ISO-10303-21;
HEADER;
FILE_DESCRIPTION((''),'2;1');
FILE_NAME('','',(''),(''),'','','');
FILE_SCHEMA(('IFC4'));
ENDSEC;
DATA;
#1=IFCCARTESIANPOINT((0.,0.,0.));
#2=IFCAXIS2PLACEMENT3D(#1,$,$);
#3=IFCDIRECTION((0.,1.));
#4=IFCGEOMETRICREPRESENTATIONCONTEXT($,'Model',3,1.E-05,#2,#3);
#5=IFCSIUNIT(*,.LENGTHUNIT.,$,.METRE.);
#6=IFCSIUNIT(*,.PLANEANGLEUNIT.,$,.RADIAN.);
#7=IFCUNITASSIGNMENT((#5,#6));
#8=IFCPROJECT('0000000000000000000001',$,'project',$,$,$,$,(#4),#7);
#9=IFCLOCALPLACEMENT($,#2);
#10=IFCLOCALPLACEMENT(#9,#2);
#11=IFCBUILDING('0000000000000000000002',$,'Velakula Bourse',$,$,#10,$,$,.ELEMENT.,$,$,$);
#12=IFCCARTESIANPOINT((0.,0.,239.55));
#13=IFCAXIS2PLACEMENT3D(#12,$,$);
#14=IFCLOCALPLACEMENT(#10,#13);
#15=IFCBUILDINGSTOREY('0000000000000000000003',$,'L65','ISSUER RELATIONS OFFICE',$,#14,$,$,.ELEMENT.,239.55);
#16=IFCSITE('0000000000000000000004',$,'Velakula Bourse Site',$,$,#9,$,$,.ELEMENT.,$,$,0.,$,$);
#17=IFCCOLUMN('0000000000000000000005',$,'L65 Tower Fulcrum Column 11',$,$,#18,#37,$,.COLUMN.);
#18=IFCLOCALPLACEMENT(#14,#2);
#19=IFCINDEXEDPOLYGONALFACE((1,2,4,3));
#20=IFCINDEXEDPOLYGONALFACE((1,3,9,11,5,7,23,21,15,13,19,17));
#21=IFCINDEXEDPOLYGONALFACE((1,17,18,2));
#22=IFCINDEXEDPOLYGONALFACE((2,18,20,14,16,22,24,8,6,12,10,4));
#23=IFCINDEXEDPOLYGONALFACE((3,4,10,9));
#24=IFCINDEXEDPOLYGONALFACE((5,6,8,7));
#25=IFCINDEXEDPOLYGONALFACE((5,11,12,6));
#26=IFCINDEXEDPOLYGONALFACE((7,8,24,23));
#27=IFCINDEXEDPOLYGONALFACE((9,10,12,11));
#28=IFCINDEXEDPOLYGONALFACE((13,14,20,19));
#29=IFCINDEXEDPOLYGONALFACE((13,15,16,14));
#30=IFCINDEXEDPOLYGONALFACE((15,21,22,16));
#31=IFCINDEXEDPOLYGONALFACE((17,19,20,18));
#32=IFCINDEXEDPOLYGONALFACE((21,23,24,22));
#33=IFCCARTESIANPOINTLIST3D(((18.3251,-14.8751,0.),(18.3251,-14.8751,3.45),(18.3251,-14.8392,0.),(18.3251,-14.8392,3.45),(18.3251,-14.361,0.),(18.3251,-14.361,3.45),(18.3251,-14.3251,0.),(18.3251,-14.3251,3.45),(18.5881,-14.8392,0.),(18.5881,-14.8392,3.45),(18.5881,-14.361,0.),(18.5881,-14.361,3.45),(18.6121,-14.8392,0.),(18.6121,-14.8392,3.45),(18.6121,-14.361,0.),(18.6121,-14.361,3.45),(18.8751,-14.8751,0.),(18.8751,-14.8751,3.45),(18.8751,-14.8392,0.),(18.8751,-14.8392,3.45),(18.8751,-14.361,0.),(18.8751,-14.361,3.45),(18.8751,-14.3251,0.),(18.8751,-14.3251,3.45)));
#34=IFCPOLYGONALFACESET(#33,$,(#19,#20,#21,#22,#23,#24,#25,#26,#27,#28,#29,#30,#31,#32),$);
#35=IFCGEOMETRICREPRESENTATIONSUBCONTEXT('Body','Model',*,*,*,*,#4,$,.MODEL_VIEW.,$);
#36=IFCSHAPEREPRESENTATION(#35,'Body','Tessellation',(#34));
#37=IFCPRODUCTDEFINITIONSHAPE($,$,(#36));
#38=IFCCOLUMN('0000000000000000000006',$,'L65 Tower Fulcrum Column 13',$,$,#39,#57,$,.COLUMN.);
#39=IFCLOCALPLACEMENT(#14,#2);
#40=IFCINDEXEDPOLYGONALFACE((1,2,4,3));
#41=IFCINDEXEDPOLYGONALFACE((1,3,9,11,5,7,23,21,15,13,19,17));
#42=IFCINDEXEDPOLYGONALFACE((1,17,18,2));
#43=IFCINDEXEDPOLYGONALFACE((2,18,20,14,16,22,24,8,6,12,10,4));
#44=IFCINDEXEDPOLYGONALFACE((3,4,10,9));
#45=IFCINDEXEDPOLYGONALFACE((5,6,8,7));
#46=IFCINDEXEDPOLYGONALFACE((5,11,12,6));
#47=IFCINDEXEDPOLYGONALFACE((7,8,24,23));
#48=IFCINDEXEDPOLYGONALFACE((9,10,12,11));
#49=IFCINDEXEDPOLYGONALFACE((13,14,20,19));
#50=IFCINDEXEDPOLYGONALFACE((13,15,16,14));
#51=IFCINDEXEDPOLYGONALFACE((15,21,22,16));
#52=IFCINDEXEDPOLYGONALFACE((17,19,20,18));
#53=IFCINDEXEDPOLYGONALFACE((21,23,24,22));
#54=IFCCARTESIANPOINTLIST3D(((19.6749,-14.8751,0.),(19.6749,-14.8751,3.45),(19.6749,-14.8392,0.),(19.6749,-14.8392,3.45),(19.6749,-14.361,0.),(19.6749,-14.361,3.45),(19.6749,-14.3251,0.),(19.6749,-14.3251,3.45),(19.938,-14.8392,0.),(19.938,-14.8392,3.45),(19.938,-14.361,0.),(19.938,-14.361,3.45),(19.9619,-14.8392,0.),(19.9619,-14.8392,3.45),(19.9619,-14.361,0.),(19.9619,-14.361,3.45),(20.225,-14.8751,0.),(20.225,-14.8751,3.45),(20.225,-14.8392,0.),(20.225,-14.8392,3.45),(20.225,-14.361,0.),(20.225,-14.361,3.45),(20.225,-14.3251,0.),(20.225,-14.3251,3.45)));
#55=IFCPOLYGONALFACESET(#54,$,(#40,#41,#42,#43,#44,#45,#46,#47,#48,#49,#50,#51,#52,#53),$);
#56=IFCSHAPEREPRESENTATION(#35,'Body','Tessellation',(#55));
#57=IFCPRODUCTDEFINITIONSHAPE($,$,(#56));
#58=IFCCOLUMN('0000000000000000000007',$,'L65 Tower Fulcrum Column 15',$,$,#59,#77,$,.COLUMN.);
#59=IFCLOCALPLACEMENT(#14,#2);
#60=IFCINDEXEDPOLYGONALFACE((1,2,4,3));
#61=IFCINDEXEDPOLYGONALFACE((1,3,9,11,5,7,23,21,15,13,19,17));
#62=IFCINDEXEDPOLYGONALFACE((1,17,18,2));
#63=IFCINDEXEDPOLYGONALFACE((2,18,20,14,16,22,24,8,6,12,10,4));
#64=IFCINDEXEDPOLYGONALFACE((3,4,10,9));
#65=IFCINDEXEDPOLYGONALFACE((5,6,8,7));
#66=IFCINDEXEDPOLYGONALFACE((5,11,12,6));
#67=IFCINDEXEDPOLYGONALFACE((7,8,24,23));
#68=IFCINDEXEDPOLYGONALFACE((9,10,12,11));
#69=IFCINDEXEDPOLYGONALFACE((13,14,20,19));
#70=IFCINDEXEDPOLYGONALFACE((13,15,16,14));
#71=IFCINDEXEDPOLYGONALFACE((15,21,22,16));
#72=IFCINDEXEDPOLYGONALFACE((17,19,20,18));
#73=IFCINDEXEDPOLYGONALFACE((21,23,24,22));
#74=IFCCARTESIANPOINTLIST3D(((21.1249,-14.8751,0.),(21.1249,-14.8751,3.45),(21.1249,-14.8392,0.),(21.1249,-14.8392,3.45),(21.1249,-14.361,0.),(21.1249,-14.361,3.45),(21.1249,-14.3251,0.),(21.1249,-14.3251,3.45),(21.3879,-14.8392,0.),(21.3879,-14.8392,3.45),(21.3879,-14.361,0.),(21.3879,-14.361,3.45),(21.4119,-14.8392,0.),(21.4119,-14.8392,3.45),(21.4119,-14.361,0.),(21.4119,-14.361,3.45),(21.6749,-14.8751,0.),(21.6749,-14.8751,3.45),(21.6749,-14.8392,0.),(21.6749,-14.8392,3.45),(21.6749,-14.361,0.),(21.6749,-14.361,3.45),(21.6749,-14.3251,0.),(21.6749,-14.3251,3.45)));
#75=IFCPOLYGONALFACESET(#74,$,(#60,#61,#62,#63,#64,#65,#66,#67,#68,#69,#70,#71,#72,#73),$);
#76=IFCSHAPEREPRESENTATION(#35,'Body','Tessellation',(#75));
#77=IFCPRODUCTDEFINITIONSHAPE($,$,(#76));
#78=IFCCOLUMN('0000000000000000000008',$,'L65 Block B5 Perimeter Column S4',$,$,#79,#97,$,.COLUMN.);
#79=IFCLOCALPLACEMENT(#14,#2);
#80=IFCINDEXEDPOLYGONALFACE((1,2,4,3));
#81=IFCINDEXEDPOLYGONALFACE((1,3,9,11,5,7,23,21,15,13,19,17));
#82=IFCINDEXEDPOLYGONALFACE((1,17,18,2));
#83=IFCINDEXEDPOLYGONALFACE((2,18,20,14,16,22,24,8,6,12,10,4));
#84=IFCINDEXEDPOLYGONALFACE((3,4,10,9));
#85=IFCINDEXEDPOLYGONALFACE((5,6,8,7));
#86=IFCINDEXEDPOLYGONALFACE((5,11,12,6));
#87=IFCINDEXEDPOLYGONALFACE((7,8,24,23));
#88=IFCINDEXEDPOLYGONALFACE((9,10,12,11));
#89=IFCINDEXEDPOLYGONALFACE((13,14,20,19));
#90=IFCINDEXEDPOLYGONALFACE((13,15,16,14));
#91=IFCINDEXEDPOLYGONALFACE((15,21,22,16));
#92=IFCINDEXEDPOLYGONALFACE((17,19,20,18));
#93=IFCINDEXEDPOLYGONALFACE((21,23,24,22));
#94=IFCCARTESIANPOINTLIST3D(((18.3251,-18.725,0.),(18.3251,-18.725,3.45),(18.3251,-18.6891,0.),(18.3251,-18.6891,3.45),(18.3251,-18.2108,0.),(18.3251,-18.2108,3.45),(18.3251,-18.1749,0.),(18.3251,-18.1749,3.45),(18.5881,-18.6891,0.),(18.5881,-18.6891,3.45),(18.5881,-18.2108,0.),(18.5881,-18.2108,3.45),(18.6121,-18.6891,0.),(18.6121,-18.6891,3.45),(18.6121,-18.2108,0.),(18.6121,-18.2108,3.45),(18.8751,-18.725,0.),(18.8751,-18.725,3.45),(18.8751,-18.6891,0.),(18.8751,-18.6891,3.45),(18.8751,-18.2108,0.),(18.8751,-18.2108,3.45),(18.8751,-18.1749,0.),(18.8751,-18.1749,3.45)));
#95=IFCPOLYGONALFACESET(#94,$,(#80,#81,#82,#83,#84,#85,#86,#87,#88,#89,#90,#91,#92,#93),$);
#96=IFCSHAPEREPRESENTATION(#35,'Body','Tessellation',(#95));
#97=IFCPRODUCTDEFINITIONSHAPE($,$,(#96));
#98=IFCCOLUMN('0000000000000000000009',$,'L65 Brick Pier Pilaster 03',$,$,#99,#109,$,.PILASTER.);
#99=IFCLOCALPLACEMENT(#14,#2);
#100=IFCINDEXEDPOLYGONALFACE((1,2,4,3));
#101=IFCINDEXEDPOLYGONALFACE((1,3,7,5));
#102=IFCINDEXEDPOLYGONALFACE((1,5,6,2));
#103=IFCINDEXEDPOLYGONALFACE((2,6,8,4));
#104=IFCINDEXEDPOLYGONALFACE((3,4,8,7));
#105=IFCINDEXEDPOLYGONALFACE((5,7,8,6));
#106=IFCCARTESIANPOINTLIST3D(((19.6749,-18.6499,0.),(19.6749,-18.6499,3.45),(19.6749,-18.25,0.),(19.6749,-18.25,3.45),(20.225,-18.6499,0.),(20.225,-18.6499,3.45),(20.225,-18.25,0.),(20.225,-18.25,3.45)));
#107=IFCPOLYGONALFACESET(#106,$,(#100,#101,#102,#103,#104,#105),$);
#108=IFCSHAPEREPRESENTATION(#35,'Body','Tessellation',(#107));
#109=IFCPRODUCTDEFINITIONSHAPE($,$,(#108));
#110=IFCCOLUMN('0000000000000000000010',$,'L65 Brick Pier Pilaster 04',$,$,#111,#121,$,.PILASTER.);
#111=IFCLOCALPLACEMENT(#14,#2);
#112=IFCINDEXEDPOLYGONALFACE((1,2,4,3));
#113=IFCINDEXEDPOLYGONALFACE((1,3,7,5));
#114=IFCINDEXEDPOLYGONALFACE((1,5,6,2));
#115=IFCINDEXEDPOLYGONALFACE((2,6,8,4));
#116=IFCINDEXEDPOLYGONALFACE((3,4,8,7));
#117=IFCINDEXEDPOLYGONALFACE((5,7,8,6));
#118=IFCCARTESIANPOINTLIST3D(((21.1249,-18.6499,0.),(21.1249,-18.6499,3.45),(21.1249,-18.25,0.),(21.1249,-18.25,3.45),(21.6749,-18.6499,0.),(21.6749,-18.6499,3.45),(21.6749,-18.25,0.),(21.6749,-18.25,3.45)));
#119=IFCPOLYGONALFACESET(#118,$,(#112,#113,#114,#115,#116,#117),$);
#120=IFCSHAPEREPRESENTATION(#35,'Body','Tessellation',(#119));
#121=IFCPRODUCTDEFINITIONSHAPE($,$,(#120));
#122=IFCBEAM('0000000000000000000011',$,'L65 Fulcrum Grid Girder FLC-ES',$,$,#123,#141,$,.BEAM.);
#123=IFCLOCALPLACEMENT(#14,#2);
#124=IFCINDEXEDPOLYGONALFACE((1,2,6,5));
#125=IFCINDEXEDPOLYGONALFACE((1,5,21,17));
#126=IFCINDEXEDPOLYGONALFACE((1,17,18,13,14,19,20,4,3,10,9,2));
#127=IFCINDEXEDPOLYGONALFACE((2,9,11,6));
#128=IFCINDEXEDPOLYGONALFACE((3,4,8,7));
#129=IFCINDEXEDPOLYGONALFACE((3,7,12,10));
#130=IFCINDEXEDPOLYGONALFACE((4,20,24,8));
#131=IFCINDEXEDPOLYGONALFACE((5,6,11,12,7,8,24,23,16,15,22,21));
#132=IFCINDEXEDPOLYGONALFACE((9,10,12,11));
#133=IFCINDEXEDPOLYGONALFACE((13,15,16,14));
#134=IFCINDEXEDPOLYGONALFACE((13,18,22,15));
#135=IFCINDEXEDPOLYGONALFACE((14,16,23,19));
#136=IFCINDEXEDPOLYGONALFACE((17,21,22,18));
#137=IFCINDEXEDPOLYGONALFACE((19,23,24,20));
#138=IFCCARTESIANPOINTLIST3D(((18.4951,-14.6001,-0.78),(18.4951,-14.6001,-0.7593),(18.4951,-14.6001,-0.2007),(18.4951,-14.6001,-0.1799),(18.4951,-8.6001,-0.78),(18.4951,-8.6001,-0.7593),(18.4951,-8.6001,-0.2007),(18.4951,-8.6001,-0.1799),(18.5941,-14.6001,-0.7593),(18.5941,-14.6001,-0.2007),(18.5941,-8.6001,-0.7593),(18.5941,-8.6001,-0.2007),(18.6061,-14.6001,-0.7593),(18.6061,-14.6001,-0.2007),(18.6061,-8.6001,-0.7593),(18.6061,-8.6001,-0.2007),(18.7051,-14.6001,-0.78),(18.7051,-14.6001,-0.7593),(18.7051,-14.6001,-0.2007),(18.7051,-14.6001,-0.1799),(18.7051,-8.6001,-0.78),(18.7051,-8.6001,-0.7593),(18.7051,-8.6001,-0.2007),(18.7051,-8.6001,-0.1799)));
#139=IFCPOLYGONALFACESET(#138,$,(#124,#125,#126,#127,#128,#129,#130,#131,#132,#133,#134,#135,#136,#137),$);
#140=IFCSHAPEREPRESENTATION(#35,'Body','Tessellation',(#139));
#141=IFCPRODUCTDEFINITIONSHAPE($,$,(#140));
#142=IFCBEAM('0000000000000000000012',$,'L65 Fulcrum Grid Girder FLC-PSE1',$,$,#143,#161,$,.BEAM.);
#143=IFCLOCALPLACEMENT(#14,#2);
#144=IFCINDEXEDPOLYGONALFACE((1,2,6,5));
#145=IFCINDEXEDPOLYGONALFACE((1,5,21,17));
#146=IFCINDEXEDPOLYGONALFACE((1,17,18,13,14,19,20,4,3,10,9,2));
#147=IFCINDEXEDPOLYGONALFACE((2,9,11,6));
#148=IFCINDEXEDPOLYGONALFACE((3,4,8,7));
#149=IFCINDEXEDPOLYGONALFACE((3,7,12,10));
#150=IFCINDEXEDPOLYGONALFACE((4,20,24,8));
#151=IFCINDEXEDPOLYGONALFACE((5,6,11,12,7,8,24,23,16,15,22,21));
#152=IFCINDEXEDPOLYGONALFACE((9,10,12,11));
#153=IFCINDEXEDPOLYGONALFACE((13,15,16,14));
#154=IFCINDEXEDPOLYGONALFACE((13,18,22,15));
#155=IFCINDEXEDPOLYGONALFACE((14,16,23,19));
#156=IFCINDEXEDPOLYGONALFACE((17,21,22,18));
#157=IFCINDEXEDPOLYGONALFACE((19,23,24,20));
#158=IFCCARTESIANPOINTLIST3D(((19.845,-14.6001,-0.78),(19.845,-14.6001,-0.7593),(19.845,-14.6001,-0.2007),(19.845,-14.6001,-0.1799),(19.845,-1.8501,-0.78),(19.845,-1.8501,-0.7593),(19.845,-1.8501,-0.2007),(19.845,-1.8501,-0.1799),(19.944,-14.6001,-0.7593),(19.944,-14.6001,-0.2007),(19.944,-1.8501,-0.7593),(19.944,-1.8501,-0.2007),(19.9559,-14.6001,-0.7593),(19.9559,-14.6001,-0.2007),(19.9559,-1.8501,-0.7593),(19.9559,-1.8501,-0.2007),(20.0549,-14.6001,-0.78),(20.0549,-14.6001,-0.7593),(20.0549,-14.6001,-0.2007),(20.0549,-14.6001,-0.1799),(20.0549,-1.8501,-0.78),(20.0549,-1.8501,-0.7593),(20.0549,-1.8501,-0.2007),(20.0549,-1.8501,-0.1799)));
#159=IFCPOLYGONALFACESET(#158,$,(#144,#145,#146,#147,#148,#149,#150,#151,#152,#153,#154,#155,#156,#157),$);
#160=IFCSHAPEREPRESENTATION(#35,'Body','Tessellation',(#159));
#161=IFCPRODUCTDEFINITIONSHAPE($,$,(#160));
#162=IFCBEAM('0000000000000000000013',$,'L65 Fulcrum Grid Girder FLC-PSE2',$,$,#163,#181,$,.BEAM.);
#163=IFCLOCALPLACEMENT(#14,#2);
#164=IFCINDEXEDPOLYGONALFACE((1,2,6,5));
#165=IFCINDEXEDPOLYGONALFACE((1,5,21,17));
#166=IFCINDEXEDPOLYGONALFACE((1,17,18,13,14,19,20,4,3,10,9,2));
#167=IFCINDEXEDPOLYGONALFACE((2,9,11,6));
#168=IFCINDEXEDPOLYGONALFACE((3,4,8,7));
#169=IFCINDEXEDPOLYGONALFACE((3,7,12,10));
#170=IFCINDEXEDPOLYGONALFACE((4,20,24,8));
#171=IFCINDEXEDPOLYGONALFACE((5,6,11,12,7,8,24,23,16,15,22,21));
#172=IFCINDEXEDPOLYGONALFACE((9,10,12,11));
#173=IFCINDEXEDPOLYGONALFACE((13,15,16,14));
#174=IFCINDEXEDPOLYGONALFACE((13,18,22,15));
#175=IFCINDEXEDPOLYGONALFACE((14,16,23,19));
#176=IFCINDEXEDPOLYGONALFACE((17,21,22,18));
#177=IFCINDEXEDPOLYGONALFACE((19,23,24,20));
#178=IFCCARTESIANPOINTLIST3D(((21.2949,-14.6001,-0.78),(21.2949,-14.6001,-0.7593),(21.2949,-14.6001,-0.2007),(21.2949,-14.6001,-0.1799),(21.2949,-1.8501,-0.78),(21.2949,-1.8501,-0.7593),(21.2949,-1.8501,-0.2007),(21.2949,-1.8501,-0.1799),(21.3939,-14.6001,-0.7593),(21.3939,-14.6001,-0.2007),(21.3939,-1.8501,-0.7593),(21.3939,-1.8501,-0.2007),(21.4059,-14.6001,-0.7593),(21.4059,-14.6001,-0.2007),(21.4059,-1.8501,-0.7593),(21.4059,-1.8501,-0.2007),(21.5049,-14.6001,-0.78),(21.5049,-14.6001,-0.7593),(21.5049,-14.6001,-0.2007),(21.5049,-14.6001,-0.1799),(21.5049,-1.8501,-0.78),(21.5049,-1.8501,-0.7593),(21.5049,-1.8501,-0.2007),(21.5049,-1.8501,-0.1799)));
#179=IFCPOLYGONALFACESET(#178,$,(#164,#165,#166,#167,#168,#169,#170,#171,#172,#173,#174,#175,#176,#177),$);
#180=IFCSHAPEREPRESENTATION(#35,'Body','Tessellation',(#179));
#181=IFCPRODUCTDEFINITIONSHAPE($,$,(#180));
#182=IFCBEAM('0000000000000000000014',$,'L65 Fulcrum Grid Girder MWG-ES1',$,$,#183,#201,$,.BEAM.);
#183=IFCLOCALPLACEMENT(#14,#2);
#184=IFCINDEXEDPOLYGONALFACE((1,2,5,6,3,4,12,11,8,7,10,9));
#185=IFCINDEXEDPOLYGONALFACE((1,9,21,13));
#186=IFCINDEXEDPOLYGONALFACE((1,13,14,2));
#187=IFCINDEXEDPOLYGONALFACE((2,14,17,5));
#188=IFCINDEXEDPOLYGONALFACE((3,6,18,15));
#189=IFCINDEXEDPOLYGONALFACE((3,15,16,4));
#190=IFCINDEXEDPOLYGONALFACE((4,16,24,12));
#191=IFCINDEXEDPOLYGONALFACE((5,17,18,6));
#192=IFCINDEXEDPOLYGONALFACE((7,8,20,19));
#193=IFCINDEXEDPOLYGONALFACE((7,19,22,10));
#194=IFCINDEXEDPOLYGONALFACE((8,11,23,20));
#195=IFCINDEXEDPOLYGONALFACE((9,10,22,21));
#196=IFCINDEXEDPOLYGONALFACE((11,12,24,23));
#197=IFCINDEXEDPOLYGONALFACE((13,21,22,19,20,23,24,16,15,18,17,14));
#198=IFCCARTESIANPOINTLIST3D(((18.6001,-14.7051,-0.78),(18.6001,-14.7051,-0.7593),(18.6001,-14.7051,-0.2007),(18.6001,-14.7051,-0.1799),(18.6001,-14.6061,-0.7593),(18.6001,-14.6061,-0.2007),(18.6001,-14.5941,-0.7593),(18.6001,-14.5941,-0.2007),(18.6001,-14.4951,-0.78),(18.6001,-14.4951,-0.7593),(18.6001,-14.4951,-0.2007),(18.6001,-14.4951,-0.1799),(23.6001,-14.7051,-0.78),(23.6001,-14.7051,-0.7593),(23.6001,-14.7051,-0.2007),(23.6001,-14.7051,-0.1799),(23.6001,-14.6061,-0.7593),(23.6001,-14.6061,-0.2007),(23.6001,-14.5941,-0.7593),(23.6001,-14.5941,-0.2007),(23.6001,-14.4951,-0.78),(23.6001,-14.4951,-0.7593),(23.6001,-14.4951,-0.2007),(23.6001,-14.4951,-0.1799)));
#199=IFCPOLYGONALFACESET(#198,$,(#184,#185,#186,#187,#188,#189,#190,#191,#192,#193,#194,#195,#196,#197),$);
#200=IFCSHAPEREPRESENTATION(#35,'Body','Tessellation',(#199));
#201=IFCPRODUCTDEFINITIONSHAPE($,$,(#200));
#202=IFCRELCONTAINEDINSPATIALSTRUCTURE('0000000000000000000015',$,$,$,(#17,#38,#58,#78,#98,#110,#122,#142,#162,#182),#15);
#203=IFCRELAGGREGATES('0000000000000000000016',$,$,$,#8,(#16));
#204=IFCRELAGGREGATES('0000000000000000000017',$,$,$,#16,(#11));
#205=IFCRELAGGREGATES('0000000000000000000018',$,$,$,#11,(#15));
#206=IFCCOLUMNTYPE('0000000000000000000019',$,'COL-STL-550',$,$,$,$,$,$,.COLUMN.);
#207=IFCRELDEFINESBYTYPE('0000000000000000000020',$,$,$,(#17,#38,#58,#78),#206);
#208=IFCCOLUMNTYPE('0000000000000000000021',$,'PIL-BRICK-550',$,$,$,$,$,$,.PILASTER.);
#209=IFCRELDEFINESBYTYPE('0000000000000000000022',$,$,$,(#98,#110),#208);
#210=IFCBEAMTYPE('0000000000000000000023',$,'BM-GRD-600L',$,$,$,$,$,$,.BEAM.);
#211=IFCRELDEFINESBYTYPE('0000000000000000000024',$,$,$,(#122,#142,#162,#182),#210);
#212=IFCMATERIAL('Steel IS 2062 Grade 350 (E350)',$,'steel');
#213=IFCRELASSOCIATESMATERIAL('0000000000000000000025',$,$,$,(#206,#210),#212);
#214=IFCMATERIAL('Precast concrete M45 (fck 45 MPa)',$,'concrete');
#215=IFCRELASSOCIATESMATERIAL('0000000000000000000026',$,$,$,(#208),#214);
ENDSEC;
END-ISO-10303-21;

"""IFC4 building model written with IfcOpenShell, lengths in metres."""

from ifc_helpers import new_model, si_unit, direction, frame, origin, origin_2d, place, context, subcontext, project, spatial, rectangle, i_section, extrude, material, material_profile, profile_set, type_object, element, save


model = new_model("IFC4")

# Units and contexts
model_context = context("Model", 3, precision=1e-05, world=origin(), true_north=direction((0.0, 1.0)))
body_context = subcontext(model_context, "Body", "Model", "MODEL_VIEW")
ifc_project = project(units=[si_unit("LENGTHUNIT", "METRE"), si_unit("PLANEANGLEUNIT", "RADIAN")], contexts=[model_context])

# Site, building, storey
site_placement = place(None, origin())
site = spatial("IfcSite", under=ifc_project, at=site_placement, Name="Velakula Bourse Site", CompositionType="ELEMENT", RefElevation=0.0)
building_placement = place(site_placement, origin())
building = spatial("IfcBuilding", under=site, at=building_placement, Name="Velakula Bourse", CompositionType="ELEMENT")
storey_placement = place(building_placement, frame((0.0, 0.0, 239.55)))
storey = spatial("IfcBuildingStorey", under=building, at=storey_placement, Name="L65", Description="ISSUER RELATIONS OFFICE", CompositionType="ELEMENT", Elevation=239.55)

# Columns
ifc_material_1 = material(Name="Steel IS 2062 Grade 350 (E350)", Category="steel")
ifc_material_profile_1 = material_profile(ifc_material_1, i_section(OverallWidth=0.55, OverallDepth=0.55, WebThickness=0.0239, FlangeThickness=0.0359, at=origin_2d()), Name="Steel IS 2062 Grade 350 (E350)")
ifc_profile_set_1 = profile_set([ifc_material_profile_1], Name="Steel IS 2062 Grade 350 (E350)")
column_type_1 = type_object("IfcColumnType", Name="COL-STL-550", PredefinedType="COLUMN", material=ifc_profile_set_1)
for number, where, z_axis, x_axis, name in (
    (1, (18.6001, -14.6001, 0.0), (0.0, 0.0, 1.0), (1.0, 0.0, 0.0), "L65 Tower Fulcrum Column 11"),
    (2, (19.95, -14.6001, 0.0), (0.0, 0.0, 1.0), (1.0, 0.0, 0.0), "L65 Tower Fulcrum Column 13"),
    (3, (21.3999, -14.6001, 0.0), (0.0, 0.0, 1.0), (1.0, 0.0, 0.0), "L65 Tower Fulcrum Column 15"),
    (4, (18.6001, -18.45, 0.0), (0.0, 0.0, 1.0), (1.0, 0.0, 0.0), "L65 Block B5 Perimeter Column S4"),
):
    element("IfcColumn", number, at=place(storey_placement, frame(where, z_axis=z_axis, x_axis=x_axis)), inside=storey, type_object=column_type_1, Name=name, PredefinedType="COLUMN", context=body_context, shape_type="SweptSolid", body=[
        extrude(i_section(OverallWidth=0.55, OverallDepth=0.55, WebThickness=0.0239, FlangeThickness=0.0359, at=origin_2d()), origin(), (0.0, 0.0, 1.0), 3.45),
    ])
ifc_material_2 = material(Name="Precast concrete M45 (fck 45 MPa)", Category="concrete")
ifc_material_profile_2 = material_profile(ifc_material_2, rectangle(XDim=0.55, YDim=0.3999, at=origin_2d()), Name="Precast concrete M45 (fck 45 MPa)")
ifc_profile_set_2 = profile_set([ifc_material_profile_2], Name="Precast concrete M45 (fck 45 MPa)")
column_type_2 = type_object("IfcColumnType", Name="PIL-BRICK-550", PredefinedType="PILASTER", material=ifc_profile_set_2)
for number, where, z_axis, x_axis, name in (
    (5, (19.95, -18.45, 0.0), (0.0, 0.0, 1.0), (1.0, 0.0, 0.0), "L65 Brick Pier Pilaster 03"),
    (6, (21.3999, -18.45, 0.0), (0.0, 0.0, 1.0), (1.0, 0.0, 0.0), "L65 Brick Pier Pilaster 04"),
):
    element("IfcColumn", number, at=place(storey_placement, frame(where, z_axis=z_axis, x_axis=x_axis)), inside=storey, type_object=column_type_2, Name=name, PredefinedType="PILASTER", context=body_context, shape_type="SweptSolid", body=[
        extrude(rectangle(XDim=0.55, YDim=0.3999, at=origin_2d()), origin(), (0.0, 0.0, 1.0), 3.45),
    ])

# Beams
ifc_material_profile_3 = material_profile(ifc_material_1, i_section(OverallWidth=0.21, OverallDepth=0.6001, WebThickness=0.012, FlangeThickness=0.0208, at=origin_2d()), Name="Steel IS 2062 Grade 350 (E350)")
ifc_profile_set_3 = profile_set([ifc_material_profile_3], Name="Steel IS 2062 Grade 350 (E350)")
beam_type_1 = type_object("IfcBeamType", Name="BM-GRD-600L", PredefinedType="BEAM", material=ifc_profile_set_3)
beam_1_placement = place(storey_placement, frame((18.6001, -14.6001, -0.48), z_axis=(0.0, 1.0, 0.0), x_axis=(-1.0, 0.0, 0.0)))
element("IfcBeam", 7, at=beam_1_placement, inside=storey, type_object=beam_type_1, Name="L65 Fulcrum Grid Girder FLC-ES", PredefinedType="BEAM", context=body_context, shape_type="SweptSolid", body=[
    extrude(i_section(OverallWidth=0.21, OverallDepth=0.6001, WebThickness=0.012, FlangeThickness=0.0208, at=origin_2d()), origin(), (0.0, 0.0, 1.0), 6.0),
])
for number, where, z_axis, x_axis, name in (
    (8, (19.95, -14.6001, -0.48), (0.0, 1.0, 0.0), (-1.0, 0.0, 0.0), "L65 Fulcrum Grid Girder FLC-PSE1"),
    (9, (21.3999, -14.6001, -0.48), (0.0, 1.0, 0.0), (-1.0, 0.0, 0.0), "L65 Fulcrum Grid Girder FLC-PSE2"),
):
    element("IfcBeam", number, at=place(storey_placement, frame(where, z_axis=z_axis, x_axis=x_axis)), inside=storey, type_object=beam_type_1, Name=name, PredefinedType="BEAM", context=body_context, shape_type="SweptSolid", body=[
        extrude(i_section(OverallWidth=0.21, OverallDepth=0.6001, WebThickness=0.012, FlangeThickness=0.0208, at=origin_2d()), origin(), (0.0, 0.0, 1.0), 12.75),
    ])
beam_2_placement = place(storey_placement, frame((18.6001, -14.6001, -0.48), z_axis=(1.0, 0.0, 0.0), x_axis=(0.0, 1.0, 0.0)))
element("IfcBeam", 10, at=beam_2_placement, inside=storey, type_object=beam_type_1, Name="L65 Fulcrum Grid Girder MWG-ES1", PredefinedType="BEAM", context=body_context, shape_type="SweptSolid", body=[
    extrude(i_section(OverallWidth=0.21, OverallDepth=0.6001, WebThickness=0.012, FlangeThickness=0.0208, at=origin_2d()), origin(), (0.0, 0.0, 1.0), 5.0),
])

save(model, "model.ifc")
